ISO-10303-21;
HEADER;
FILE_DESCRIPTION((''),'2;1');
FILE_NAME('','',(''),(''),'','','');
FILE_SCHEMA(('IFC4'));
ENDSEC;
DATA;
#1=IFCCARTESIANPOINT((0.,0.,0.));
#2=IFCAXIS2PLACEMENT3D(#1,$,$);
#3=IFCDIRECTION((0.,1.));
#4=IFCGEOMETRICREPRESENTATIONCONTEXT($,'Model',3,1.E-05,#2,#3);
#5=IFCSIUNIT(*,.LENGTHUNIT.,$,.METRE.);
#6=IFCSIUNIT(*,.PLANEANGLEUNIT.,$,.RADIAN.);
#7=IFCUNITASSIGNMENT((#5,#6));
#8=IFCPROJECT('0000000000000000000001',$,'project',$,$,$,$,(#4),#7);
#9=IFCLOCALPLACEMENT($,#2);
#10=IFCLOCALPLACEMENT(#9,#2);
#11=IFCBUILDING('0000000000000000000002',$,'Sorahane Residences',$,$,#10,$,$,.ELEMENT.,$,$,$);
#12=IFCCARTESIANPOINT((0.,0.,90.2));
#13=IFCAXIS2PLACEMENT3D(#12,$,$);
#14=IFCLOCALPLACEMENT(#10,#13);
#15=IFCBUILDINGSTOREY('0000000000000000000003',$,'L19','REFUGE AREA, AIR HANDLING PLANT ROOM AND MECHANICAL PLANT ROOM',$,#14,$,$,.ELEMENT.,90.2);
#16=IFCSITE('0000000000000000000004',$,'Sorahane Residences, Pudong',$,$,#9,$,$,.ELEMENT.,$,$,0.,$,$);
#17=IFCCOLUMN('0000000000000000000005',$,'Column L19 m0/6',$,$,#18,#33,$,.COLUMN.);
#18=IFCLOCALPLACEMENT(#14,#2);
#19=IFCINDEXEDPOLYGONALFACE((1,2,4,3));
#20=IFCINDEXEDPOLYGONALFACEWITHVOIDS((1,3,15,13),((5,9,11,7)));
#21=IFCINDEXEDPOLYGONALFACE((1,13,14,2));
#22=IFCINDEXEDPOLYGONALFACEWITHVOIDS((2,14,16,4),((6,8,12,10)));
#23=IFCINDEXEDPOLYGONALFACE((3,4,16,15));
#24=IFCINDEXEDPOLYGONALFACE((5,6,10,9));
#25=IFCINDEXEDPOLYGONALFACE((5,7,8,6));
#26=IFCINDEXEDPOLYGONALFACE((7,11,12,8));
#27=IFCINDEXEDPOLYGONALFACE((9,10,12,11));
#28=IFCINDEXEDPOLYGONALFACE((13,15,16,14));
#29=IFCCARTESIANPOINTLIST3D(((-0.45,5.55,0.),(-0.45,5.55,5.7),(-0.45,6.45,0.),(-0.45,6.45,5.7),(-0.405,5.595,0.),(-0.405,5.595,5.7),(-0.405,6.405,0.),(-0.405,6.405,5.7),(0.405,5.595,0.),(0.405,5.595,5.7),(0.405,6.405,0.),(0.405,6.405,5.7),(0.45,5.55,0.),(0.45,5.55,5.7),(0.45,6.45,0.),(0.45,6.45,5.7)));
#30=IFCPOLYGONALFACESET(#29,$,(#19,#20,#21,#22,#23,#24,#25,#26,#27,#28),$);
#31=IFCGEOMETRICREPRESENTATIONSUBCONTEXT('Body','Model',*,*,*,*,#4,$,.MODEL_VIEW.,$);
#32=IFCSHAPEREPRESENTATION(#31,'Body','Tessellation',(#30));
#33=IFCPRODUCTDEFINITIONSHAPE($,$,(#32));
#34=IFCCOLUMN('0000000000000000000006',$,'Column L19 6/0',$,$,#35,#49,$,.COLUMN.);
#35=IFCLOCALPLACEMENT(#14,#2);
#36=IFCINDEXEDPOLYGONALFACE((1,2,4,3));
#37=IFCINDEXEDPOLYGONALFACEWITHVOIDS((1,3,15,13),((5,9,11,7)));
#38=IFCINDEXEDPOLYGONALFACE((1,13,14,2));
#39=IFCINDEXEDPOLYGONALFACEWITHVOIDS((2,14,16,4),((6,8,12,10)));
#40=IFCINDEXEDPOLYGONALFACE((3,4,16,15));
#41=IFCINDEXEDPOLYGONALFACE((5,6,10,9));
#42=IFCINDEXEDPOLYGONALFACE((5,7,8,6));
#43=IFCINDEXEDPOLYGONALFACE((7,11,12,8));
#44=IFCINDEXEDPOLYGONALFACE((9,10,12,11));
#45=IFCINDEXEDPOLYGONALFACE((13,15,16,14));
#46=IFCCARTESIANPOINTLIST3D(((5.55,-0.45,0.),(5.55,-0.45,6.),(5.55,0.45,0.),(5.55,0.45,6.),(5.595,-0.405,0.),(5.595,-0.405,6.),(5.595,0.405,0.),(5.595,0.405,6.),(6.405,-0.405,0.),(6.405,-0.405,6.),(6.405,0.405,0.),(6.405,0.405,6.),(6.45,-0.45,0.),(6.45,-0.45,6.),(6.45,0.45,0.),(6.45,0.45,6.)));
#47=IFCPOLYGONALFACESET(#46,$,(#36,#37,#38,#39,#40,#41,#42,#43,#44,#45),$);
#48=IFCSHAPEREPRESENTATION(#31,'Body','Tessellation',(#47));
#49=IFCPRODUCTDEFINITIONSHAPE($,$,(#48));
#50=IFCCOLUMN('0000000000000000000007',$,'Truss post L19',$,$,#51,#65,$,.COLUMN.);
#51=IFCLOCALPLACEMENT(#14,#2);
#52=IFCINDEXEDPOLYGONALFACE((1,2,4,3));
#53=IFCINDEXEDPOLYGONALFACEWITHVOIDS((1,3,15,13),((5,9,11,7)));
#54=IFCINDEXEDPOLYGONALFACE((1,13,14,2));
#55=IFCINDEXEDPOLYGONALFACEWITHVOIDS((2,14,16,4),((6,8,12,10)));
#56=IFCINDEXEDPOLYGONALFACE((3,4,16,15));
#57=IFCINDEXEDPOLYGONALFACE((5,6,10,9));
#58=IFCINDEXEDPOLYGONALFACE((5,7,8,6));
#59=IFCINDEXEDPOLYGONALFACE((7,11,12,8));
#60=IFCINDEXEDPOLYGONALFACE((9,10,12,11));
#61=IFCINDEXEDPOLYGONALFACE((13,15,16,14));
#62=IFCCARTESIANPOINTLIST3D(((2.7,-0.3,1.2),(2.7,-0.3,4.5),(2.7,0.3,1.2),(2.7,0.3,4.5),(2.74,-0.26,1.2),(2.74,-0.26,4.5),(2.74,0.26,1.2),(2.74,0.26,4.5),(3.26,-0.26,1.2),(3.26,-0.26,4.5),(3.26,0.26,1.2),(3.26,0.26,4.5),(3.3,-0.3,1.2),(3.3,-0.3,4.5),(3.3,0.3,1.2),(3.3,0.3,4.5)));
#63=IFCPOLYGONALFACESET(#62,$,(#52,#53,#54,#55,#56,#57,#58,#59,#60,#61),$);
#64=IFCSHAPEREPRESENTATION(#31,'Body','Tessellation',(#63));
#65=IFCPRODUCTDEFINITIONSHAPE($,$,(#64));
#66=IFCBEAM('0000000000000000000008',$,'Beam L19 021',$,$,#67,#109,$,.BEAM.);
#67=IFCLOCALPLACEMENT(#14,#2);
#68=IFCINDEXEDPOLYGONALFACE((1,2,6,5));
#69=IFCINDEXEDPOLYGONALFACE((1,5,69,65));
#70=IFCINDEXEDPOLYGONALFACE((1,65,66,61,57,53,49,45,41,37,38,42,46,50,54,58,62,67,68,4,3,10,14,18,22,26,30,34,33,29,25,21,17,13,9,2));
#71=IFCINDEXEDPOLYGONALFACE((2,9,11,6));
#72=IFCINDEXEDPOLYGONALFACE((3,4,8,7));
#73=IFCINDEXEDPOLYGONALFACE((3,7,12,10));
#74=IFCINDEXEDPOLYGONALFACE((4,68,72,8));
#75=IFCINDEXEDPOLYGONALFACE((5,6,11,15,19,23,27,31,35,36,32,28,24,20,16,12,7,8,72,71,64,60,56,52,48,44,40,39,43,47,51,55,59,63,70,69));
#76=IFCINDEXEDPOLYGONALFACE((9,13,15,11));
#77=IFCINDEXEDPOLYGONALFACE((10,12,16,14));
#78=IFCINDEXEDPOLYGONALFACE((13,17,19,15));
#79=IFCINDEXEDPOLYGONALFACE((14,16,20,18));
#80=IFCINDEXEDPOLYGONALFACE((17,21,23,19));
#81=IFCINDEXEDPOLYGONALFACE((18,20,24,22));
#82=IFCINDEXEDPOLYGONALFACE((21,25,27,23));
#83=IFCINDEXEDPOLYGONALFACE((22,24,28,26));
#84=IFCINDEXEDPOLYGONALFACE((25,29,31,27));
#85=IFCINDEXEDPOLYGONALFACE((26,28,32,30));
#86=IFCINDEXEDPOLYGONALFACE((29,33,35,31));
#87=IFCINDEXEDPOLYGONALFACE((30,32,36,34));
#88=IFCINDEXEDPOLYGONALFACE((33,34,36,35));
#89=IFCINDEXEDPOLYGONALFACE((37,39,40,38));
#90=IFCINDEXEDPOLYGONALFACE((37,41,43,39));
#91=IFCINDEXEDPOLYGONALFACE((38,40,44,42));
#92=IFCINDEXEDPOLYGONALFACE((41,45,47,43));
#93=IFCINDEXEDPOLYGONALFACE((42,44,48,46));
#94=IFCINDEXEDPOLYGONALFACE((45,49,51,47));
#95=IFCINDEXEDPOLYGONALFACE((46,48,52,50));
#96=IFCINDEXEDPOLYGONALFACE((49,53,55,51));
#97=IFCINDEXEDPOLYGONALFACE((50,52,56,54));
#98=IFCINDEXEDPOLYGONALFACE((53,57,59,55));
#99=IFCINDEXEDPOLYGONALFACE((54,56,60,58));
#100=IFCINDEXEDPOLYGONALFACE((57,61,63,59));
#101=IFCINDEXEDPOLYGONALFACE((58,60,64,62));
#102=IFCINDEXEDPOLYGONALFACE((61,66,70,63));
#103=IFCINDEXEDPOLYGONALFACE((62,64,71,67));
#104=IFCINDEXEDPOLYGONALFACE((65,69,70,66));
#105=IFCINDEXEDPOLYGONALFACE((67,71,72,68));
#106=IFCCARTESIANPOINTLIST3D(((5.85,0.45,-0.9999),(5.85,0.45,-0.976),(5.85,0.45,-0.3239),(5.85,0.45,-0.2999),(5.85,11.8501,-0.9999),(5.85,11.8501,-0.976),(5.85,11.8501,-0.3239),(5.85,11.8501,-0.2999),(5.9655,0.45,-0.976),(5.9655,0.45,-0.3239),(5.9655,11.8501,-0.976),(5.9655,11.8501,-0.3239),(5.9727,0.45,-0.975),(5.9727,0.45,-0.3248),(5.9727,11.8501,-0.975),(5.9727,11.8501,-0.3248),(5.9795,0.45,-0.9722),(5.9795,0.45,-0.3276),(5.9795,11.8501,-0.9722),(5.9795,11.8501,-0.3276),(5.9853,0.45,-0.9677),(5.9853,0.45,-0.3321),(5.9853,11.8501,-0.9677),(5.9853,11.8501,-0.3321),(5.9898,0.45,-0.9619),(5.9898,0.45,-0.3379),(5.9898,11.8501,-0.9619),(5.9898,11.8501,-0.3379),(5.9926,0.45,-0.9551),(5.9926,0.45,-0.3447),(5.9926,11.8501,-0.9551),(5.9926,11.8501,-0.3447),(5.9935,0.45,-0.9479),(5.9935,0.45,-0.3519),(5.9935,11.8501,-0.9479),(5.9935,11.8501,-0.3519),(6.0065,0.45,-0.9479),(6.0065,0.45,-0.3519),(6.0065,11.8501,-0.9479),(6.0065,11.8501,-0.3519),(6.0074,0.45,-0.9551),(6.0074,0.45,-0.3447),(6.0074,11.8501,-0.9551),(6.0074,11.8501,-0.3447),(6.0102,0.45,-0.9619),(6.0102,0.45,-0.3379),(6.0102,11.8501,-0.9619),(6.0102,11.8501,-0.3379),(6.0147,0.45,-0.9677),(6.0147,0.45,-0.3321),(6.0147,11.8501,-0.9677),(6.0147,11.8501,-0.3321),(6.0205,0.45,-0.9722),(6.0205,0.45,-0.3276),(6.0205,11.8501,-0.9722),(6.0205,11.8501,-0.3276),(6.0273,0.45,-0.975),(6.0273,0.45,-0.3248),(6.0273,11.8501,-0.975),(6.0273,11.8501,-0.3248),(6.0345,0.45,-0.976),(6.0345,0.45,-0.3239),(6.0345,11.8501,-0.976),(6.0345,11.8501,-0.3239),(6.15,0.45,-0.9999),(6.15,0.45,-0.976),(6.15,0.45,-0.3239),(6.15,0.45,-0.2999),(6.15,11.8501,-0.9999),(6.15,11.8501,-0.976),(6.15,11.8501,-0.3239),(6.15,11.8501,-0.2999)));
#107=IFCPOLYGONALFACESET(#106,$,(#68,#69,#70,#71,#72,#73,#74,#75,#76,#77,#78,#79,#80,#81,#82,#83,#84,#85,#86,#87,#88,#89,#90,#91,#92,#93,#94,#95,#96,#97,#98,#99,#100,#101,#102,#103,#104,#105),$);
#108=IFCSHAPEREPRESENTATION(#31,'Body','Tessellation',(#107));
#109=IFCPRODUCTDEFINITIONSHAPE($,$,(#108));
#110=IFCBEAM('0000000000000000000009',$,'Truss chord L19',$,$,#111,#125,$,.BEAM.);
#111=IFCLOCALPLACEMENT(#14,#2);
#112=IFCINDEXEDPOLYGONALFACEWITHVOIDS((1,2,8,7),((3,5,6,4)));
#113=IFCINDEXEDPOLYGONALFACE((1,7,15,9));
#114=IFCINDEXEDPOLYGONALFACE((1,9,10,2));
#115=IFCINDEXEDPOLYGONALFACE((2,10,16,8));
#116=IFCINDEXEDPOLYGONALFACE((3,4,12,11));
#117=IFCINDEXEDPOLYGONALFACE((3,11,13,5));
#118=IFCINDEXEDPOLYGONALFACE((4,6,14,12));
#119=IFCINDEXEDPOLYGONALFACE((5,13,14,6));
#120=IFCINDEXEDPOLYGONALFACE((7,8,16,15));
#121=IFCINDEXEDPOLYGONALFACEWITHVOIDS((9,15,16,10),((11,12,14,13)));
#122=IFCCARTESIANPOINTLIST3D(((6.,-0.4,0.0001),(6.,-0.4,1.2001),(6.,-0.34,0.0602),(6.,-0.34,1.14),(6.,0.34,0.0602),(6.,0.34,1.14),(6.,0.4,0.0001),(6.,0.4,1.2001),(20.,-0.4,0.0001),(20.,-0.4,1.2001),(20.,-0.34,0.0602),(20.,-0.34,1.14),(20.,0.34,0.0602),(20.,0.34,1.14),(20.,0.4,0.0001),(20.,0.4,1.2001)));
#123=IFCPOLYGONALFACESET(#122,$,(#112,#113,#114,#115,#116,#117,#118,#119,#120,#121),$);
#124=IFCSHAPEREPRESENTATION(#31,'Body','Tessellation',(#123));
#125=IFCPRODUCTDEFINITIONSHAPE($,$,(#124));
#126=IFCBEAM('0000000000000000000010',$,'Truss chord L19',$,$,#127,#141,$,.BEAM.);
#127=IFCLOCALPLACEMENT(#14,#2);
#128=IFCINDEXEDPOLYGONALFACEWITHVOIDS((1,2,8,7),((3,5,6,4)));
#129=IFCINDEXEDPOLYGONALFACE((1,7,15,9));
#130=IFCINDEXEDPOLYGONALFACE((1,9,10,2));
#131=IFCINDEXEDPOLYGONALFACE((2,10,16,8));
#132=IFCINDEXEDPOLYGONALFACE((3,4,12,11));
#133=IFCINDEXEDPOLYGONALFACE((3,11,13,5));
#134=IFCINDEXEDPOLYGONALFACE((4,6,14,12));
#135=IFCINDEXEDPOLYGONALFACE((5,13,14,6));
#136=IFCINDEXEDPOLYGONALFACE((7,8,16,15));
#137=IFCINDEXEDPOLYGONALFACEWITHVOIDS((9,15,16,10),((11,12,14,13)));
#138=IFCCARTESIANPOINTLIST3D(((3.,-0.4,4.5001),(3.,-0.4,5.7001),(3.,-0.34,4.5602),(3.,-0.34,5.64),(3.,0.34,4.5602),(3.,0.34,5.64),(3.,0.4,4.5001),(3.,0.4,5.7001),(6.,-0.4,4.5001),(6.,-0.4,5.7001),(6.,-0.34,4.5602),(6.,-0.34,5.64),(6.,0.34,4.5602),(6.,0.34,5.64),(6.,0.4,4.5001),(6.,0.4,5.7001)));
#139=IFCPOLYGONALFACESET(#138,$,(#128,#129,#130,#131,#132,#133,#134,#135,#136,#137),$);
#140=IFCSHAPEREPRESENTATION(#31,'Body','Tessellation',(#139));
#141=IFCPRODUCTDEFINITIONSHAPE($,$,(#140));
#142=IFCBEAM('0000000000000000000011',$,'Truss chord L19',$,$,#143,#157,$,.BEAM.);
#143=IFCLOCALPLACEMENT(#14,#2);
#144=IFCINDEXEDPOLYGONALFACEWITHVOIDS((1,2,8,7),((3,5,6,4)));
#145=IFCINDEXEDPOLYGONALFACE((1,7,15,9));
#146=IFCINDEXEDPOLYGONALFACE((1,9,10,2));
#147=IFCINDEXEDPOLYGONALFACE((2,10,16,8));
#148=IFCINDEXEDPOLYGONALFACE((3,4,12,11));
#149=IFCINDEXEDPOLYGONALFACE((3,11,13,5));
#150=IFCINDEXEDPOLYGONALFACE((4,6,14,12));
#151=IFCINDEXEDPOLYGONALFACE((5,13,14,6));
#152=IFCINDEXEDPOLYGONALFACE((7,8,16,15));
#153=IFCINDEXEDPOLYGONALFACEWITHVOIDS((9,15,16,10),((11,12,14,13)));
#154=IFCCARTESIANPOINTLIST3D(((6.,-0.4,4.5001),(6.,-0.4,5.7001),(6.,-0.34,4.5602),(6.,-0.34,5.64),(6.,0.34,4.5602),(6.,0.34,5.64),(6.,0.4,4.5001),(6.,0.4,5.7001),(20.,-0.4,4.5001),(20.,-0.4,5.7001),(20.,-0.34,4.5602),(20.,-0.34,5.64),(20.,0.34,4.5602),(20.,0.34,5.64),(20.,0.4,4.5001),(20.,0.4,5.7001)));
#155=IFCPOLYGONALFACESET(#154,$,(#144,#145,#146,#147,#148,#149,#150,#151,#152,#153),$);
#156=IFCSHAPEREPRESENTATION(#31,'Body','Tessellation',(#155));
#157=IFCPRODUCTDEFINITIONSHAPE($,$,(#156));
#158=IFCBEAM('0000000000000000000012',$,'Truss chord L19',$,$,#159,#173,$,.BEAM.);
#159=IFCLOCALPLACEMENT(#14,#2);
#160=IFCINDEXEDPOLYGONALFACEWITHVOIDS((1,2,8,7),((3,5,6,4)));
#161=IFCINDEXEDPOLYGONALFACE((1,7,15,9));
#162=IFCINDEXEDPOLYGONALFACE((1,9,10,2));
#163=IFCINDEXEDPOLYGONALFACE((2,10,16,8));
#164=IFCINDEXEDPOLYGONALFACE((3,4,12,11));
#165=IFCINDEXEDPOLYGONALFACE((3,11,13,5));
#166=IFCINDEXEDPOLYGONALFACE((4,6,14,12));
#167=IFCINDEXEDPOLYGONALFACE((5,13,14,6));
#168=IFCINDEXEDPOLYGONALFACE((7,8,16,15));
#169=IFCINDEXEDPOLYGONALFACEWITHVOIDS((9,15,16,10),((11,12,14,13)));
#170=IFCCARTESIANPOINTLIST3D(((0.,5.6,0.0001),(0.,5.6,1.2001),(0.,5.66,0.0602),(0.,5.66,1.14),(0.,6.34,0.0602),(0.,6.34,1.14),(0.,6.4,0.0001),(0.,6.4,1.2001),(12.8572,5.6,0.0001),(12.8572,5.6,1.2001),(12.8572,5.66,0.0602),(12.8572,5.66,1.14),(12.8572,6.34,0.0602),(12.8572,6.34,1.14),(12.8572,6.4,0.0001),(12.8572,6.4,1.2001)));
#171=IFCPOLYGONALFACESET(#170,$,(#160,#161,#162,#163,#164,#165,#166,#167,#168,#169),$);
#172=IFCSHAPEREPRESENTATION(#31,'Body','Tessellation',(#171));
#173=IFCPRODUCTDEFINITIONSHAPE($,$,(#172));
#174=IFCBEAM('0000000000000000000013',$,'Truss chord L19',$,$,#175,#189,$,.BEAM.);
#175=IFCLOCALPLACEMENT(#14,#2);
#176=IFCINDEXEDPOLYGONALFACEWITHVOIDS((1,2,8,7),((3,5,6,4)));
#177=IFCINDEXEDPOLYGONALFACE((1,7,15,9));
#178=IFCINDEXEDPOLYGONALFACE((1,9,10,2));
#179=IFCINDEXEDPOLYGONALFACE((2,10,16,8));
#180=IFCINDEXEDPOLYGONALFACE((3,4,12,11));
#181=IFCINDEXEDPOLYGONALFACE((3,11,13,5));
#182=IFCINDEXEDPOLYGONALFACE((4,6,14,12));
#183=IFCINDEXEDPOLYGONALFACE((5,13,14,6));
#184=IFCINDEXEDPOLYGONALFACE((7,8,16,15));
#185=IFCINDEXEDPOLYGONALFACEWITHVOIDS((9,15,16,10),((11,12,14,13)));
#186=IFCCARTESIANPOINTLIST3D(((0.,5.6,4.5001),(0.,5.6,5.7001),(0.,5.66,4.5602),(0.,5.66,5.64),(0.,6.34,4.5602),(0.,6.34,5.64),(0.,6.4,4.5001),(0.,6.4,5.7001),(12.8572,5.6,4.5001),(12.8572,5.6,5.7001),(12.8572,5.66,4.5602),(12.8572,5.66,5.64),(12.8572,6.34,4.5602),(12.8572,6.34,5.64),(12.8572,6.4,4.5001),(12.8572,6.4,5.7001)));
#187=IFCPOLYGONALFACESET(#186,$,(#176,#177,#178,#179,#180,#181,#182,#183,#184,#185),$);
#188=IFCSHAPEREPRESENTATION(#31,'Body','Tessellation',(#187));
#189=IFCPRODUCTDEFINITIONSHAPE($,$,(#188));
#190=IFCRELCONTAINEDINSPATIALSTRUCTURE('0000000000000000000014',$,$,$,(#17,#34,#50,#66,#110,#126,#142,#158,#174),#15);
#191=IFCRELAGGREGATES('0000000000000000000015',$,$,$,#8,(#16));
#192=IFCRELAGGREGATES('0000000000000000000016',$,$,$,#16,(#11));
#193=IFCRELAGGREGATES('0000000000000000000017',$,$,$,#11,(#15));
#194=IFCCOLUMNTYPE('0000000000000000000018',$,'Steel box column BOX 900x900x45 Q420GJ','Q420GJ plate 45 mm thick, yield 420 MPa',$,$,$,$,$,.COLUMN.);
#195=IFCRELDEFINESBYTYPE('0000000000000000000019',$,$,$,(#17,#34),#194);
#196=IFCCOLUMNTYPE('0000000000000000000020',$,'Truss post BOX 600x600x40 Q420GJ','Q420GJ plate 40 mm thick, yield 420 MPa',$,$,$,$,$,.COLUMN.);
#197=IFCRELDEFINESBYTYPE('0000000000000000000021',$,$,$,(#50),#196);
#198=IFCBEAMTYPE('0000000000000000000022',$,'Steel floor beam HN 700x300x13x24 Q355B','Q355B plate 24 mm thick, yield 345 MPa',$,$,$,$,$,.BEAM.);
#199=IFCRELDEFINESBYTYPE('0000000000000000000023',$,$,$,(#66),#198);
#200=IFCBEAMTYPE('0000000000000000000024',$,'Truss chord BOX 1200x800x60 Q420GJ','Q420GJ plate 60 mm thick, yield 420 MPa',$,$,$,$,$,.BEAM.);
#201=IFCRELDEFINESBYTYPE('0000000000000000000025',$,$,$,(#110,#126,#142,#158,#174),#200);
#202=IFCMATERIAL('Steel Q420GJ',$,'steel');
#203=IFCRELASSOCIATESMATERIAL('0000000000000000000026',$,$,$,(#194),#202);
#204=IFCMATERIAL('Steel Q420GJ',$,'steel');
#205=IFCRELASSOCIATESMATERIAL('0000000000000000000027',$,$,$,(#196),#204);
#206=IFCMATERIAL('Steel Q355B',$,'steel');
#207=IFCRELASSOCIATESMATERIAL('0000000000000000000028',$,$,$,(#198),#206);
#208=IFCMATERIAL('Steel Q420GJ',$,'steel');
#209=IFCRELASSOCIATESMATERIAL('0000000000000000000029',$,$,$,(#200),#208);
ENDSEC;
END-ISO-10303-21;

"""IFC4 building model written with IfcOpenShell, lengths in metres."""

from ifc_helpers import new_model, si_unit, direction, frame, origin, origin_2d, place, context, subcontext, project, spatial, hollow_rectangle, i_section, extrude, material, material_profile, profile_set, type_object, element, save


model = new_model("IFC4")

# Units and contexts
model_context = context("Model", 3, precision=1e-05, world=origin(), true_north=direction((0.0, 1.0)))
body_context = subcontext(model_context, "Body", "Model", "MODEL_VIEW")
ifc_project = project(units=[si_unit("LENGTHUNIT", "METRE"), si_unit("PLANEANGLEUNIT", "RADIAN")], contexts=[model_context])

# Site, building, storey
site_placement = place(None, origin())
site = spatial("IfcSite", under=ifc_project, at=site_placement, Name="Sorahane Residences, Pudong", CompositionType="ELEMENT", RefElevation=0.0)
building_placement = place(site_placement, origin())
building = spatial("IfcBuilding", under=site, at=building_placement, Name="Sorahane Residences", CompositionType="ELEMENT")
storey_placement = place(building_placement, frame((0.0, 0.0, 90.2)))
storey = spatial("IfcBuildingStorey", under=building, at=storey_placement, Name="L19", Description="REFUGE AREA, AIR HANDLING PLANT ROOM AND MECHANICAL PLANT ROOM", CompositionType="ELEMENT", Elevation=90.2)

# Columns
ifc_material_1 = material(Name="Steel Q420GJ", Category="steel")
ifc_material_profile_1 = material_profile(ifc_material_1, hollow_rectangle(XDim=0.8999, YDim=0.8999, WallThickness=0.0449, at=origin_2d()), Name="BOX 900x900x45")
ifc_profile_set_1 = profile_set([ifc_material_profile_1], Name="Steel Q420GJ")
column_type_1 = type_object("IfcColumnType", Name="Steel box column BOX 900x900x45 Q420GJ", Description="Q420GJ plate 45 mm thick, yield 420 MPa", PredefinedType="COLUMN", material=ifc_profile_set_1)
column_1_placement = place(storey_placement, frame((0.0, 6.0, 0.0), z_axis=(0.0, 0.0, 1.0), x_axis=(1.0, 0.0, 0.0)))
element("IfcColumn", 1, at=column_1_placement, inside=storey, type_object=column_type_1, Name="Column L19 m0/6", PredefinedType="COLUMN", context=body_context, shape_type="SweptSolid", body=[
    extrude(hollow_rectangle(XDim=0.8999, YDim=0.8999, WallThickness=0.0449, at=origin_2d()), origin(), (0.0, 0.0, 1.0), 5.7),
])
column_2_placement = place(storey_placement, frame((6.0, 0.0, 0.0), z_axis=(0.0, 0.0, 1.0), x_axis=(1.0, 0.0, 0.0)))
element("IfcColumn", 2, at=column_2_placement, inside=storey, type_object=column_type_1, Name="Column L19 6/0", PredefinedType="COLUMN", context=body_context, shape_type="SweptSolid", body=[
    extrude(hollow_rectangle(XDim=0.8999, YDim=0.8999, WallThickness=0.0449, at=origin_2d()), origin(), (0.0, 0.0, 1.0), 6.0),
])
ifc_material_2 = material(Name="Steel Q420GJ", Category="steel")
ifc_material_profile_2 = material_profile(ifc_material_2, hollow_rectangle(XDim=0.6001, YDim=0.6001, WallThickness=0.04, at=origin_2d()), Name="BOX 600x600x40")
ifc_profile_set_2 = profile_set([ifc_material_profile_2], Name="Steel Q420GJ")
column_type_2 = type_object("IfcColumnType", Name="Truss post BOX 600x600x40 Q420GJ", Description="Q420GJ plate 40 mm thick, yield 420 MPa", PredefinedType="COLUMN", material=ifc_profile_set_2)
column_3_placement = place(storey_placement, frame((3.0, 0.0, 1.2), z_axis=(0.0, 0.0, 1.0), x_axis=(1.0, 0.0, 0.0)))
element("IfcColumn", 3, at=column_3_placement, inside=storey, type_object=column_type_2, Name="Truss post L19", PredefinedType="COLUMN", context=body_context, shape_type="SweptSolid", body=[
    extrude(hollow_rectangle(XDim=0.6001, YDim=0.6001, WallThickness=0.04, at=origin_2d()), origin(), (0.0, 0.0, 1.0), 3.3),
])

# Beams
ifc_material_3 = material(Name="Steel Q355B", Category="steel")
ifc_material_profile_3 = material_profile(ifc_material_3, i_section(OverallWidth=0.3, OverallDepth=0.7, WebThickness=0.0129, FlangeThickness=0.0239, FilletRadius=0.0281, at=origin_2d()), Name="HN 700x300x13x24")
ifc_profile_set_3 = profile_set([ifc_material_profile_3], Name="Steel Q355B")
beam_type_1 = type_object("IfcBeamType", Name="Steel floor beam HN 700x300x13x24 Q355B", Description="Q355B plate 24 mm thick, yield 345 MPa", PredefinedType="BEAM", material=ifc_profile_set_3)
beam_1_placement = place(storey_placement, frame((6.0, 0.45, -0.6499), z_axis=(0.0, 1.0, 0.0), x_axis=(-1.0, 0.0, 0.0)))
element("IfcBeam", 4, at=beam_1_placement, inside=storey, type_object=beam_type_1, Name="Beam L19 021", PredefinedType="BEAM", context=body_context, shape_type="SweptSolid", body=[
    extrude(i_section(OverallWidth=0.3, OverallDepth=0.7, WebThickness=0.0129, FlangeThickness=0.0239, FilletRadius=0.0281, at=origin_2d()), origin(), (0.0, 0.0, 1.0), 11.4001),
])
ifc_material_4 = material(Name="Steel Q420GJ", Category="steel")
ifc_material_profile_4 = material_profile(ifc_material_4, hollow_rectangle(XDim=0.8, YDim=1.2, WallThickness=0.0601, at=origin_2d()), Name="BOX 1200x800x60")
ifc_profile_set_4 = profile_set([ifc_material_profile_4], Name="Steel Q420GJ")
beam_type_2 = type_object("IfcBeamType", Name="Truss chord BOX 1200x800x60 Q420GJ", Description="Q420GJ plate 60 mm thick, yield 420 MPa", PredefinedType="BEAM", material=ifc_profile_set_4)
beam_2_placement = place(storey_placement, frame((6.0, 0.0, 0.6001), z_axis=(1.0, 0.0, 0.0), x_axis=(0.0, 1.0, 0.0)))
element("IfcBeam", 5, at=beam_2_placement, inside=storey, type_object=beam_type_2, Name="Truss chord L19", PredefinedType="BEAM", context=body_context, shape_type="SweptSolid", body=[
    extrude(hollow_rectangle(XDim=0.8, YDim=1.2, WallThickness=0.0601, at=origin_2d()), origin(), (0.0, 0.0, 1.0), 14.0),
])
beam_3_placement = place(storey_placement, frame((3.0, 0.0, 5.1001), z_axis=(1.0, 0.0, 0.0), x_axis=(0.0, 1.0, 0.0)))
element("IfcBeam", 6, at=beam_3_placement, inside=storey, type_object=beam_type_2, Name="Truss chord L19", PredefinedType="BEAM", context=body_context, shape_type="SweptSolid", body=[
    extrude(hollow_rectangle(XDim=0.8, YDim=1.2, WallThickness=0.0601, at=origin_2d()), origin(), (0.0, 0.0, 1.0), 3.0),
])
beam_4_placement = place(storey_placement, frame((6.0, 0.0, 5.1001), z_axis=(1.0, 0.0, 0.0), x_axis=(0.0, 1.0, 0.0)))
element("IfcBeam", 7, at=beam_4_placement, inside=storey, type_object=beam_type_2, Name="Truss chord L19", PredefinedType="BEAM", context=body_context, shape_type="SweptSolid", body=[
    extrude(hollow_rectangle(XDim=0.8, YDim=1.2, WallThickness=0.0601, at=origin_2d()), origin(), (0.0, 0.0, 1.0), 14.0),
])
for number, where, z_axis, x_axis, name in (
    (8, (0.0, 6.0, 0.6001), (1.0, 0.0, 0.0), (0.0, 1.0, 0.0), "Truss chord L19"),
    (9, (0.0, 6.0, 5.1001), (1.0, 0.0, 0.0), (0.0, 1.0, 0.0), "Truss chord L19"),
):
    element("IfcBeam", number, at=place(storey_placement, frame(where, z_axis=z_axis, x_axis=x_axis)), inside=storey, type_object=beam_type_2, Name=name, PredefinedType="BEAM", context=body_context, shape_type="SweptSolid", body=[
        extrude(hollow_rectangle(XDim=0.8, YDim=1.2, WallThickness=0.0601, at=origin_2d()), origin(), (0.0, 0.0, 1.0), 12.8572),
    ])

save(model, "model.ifc")
